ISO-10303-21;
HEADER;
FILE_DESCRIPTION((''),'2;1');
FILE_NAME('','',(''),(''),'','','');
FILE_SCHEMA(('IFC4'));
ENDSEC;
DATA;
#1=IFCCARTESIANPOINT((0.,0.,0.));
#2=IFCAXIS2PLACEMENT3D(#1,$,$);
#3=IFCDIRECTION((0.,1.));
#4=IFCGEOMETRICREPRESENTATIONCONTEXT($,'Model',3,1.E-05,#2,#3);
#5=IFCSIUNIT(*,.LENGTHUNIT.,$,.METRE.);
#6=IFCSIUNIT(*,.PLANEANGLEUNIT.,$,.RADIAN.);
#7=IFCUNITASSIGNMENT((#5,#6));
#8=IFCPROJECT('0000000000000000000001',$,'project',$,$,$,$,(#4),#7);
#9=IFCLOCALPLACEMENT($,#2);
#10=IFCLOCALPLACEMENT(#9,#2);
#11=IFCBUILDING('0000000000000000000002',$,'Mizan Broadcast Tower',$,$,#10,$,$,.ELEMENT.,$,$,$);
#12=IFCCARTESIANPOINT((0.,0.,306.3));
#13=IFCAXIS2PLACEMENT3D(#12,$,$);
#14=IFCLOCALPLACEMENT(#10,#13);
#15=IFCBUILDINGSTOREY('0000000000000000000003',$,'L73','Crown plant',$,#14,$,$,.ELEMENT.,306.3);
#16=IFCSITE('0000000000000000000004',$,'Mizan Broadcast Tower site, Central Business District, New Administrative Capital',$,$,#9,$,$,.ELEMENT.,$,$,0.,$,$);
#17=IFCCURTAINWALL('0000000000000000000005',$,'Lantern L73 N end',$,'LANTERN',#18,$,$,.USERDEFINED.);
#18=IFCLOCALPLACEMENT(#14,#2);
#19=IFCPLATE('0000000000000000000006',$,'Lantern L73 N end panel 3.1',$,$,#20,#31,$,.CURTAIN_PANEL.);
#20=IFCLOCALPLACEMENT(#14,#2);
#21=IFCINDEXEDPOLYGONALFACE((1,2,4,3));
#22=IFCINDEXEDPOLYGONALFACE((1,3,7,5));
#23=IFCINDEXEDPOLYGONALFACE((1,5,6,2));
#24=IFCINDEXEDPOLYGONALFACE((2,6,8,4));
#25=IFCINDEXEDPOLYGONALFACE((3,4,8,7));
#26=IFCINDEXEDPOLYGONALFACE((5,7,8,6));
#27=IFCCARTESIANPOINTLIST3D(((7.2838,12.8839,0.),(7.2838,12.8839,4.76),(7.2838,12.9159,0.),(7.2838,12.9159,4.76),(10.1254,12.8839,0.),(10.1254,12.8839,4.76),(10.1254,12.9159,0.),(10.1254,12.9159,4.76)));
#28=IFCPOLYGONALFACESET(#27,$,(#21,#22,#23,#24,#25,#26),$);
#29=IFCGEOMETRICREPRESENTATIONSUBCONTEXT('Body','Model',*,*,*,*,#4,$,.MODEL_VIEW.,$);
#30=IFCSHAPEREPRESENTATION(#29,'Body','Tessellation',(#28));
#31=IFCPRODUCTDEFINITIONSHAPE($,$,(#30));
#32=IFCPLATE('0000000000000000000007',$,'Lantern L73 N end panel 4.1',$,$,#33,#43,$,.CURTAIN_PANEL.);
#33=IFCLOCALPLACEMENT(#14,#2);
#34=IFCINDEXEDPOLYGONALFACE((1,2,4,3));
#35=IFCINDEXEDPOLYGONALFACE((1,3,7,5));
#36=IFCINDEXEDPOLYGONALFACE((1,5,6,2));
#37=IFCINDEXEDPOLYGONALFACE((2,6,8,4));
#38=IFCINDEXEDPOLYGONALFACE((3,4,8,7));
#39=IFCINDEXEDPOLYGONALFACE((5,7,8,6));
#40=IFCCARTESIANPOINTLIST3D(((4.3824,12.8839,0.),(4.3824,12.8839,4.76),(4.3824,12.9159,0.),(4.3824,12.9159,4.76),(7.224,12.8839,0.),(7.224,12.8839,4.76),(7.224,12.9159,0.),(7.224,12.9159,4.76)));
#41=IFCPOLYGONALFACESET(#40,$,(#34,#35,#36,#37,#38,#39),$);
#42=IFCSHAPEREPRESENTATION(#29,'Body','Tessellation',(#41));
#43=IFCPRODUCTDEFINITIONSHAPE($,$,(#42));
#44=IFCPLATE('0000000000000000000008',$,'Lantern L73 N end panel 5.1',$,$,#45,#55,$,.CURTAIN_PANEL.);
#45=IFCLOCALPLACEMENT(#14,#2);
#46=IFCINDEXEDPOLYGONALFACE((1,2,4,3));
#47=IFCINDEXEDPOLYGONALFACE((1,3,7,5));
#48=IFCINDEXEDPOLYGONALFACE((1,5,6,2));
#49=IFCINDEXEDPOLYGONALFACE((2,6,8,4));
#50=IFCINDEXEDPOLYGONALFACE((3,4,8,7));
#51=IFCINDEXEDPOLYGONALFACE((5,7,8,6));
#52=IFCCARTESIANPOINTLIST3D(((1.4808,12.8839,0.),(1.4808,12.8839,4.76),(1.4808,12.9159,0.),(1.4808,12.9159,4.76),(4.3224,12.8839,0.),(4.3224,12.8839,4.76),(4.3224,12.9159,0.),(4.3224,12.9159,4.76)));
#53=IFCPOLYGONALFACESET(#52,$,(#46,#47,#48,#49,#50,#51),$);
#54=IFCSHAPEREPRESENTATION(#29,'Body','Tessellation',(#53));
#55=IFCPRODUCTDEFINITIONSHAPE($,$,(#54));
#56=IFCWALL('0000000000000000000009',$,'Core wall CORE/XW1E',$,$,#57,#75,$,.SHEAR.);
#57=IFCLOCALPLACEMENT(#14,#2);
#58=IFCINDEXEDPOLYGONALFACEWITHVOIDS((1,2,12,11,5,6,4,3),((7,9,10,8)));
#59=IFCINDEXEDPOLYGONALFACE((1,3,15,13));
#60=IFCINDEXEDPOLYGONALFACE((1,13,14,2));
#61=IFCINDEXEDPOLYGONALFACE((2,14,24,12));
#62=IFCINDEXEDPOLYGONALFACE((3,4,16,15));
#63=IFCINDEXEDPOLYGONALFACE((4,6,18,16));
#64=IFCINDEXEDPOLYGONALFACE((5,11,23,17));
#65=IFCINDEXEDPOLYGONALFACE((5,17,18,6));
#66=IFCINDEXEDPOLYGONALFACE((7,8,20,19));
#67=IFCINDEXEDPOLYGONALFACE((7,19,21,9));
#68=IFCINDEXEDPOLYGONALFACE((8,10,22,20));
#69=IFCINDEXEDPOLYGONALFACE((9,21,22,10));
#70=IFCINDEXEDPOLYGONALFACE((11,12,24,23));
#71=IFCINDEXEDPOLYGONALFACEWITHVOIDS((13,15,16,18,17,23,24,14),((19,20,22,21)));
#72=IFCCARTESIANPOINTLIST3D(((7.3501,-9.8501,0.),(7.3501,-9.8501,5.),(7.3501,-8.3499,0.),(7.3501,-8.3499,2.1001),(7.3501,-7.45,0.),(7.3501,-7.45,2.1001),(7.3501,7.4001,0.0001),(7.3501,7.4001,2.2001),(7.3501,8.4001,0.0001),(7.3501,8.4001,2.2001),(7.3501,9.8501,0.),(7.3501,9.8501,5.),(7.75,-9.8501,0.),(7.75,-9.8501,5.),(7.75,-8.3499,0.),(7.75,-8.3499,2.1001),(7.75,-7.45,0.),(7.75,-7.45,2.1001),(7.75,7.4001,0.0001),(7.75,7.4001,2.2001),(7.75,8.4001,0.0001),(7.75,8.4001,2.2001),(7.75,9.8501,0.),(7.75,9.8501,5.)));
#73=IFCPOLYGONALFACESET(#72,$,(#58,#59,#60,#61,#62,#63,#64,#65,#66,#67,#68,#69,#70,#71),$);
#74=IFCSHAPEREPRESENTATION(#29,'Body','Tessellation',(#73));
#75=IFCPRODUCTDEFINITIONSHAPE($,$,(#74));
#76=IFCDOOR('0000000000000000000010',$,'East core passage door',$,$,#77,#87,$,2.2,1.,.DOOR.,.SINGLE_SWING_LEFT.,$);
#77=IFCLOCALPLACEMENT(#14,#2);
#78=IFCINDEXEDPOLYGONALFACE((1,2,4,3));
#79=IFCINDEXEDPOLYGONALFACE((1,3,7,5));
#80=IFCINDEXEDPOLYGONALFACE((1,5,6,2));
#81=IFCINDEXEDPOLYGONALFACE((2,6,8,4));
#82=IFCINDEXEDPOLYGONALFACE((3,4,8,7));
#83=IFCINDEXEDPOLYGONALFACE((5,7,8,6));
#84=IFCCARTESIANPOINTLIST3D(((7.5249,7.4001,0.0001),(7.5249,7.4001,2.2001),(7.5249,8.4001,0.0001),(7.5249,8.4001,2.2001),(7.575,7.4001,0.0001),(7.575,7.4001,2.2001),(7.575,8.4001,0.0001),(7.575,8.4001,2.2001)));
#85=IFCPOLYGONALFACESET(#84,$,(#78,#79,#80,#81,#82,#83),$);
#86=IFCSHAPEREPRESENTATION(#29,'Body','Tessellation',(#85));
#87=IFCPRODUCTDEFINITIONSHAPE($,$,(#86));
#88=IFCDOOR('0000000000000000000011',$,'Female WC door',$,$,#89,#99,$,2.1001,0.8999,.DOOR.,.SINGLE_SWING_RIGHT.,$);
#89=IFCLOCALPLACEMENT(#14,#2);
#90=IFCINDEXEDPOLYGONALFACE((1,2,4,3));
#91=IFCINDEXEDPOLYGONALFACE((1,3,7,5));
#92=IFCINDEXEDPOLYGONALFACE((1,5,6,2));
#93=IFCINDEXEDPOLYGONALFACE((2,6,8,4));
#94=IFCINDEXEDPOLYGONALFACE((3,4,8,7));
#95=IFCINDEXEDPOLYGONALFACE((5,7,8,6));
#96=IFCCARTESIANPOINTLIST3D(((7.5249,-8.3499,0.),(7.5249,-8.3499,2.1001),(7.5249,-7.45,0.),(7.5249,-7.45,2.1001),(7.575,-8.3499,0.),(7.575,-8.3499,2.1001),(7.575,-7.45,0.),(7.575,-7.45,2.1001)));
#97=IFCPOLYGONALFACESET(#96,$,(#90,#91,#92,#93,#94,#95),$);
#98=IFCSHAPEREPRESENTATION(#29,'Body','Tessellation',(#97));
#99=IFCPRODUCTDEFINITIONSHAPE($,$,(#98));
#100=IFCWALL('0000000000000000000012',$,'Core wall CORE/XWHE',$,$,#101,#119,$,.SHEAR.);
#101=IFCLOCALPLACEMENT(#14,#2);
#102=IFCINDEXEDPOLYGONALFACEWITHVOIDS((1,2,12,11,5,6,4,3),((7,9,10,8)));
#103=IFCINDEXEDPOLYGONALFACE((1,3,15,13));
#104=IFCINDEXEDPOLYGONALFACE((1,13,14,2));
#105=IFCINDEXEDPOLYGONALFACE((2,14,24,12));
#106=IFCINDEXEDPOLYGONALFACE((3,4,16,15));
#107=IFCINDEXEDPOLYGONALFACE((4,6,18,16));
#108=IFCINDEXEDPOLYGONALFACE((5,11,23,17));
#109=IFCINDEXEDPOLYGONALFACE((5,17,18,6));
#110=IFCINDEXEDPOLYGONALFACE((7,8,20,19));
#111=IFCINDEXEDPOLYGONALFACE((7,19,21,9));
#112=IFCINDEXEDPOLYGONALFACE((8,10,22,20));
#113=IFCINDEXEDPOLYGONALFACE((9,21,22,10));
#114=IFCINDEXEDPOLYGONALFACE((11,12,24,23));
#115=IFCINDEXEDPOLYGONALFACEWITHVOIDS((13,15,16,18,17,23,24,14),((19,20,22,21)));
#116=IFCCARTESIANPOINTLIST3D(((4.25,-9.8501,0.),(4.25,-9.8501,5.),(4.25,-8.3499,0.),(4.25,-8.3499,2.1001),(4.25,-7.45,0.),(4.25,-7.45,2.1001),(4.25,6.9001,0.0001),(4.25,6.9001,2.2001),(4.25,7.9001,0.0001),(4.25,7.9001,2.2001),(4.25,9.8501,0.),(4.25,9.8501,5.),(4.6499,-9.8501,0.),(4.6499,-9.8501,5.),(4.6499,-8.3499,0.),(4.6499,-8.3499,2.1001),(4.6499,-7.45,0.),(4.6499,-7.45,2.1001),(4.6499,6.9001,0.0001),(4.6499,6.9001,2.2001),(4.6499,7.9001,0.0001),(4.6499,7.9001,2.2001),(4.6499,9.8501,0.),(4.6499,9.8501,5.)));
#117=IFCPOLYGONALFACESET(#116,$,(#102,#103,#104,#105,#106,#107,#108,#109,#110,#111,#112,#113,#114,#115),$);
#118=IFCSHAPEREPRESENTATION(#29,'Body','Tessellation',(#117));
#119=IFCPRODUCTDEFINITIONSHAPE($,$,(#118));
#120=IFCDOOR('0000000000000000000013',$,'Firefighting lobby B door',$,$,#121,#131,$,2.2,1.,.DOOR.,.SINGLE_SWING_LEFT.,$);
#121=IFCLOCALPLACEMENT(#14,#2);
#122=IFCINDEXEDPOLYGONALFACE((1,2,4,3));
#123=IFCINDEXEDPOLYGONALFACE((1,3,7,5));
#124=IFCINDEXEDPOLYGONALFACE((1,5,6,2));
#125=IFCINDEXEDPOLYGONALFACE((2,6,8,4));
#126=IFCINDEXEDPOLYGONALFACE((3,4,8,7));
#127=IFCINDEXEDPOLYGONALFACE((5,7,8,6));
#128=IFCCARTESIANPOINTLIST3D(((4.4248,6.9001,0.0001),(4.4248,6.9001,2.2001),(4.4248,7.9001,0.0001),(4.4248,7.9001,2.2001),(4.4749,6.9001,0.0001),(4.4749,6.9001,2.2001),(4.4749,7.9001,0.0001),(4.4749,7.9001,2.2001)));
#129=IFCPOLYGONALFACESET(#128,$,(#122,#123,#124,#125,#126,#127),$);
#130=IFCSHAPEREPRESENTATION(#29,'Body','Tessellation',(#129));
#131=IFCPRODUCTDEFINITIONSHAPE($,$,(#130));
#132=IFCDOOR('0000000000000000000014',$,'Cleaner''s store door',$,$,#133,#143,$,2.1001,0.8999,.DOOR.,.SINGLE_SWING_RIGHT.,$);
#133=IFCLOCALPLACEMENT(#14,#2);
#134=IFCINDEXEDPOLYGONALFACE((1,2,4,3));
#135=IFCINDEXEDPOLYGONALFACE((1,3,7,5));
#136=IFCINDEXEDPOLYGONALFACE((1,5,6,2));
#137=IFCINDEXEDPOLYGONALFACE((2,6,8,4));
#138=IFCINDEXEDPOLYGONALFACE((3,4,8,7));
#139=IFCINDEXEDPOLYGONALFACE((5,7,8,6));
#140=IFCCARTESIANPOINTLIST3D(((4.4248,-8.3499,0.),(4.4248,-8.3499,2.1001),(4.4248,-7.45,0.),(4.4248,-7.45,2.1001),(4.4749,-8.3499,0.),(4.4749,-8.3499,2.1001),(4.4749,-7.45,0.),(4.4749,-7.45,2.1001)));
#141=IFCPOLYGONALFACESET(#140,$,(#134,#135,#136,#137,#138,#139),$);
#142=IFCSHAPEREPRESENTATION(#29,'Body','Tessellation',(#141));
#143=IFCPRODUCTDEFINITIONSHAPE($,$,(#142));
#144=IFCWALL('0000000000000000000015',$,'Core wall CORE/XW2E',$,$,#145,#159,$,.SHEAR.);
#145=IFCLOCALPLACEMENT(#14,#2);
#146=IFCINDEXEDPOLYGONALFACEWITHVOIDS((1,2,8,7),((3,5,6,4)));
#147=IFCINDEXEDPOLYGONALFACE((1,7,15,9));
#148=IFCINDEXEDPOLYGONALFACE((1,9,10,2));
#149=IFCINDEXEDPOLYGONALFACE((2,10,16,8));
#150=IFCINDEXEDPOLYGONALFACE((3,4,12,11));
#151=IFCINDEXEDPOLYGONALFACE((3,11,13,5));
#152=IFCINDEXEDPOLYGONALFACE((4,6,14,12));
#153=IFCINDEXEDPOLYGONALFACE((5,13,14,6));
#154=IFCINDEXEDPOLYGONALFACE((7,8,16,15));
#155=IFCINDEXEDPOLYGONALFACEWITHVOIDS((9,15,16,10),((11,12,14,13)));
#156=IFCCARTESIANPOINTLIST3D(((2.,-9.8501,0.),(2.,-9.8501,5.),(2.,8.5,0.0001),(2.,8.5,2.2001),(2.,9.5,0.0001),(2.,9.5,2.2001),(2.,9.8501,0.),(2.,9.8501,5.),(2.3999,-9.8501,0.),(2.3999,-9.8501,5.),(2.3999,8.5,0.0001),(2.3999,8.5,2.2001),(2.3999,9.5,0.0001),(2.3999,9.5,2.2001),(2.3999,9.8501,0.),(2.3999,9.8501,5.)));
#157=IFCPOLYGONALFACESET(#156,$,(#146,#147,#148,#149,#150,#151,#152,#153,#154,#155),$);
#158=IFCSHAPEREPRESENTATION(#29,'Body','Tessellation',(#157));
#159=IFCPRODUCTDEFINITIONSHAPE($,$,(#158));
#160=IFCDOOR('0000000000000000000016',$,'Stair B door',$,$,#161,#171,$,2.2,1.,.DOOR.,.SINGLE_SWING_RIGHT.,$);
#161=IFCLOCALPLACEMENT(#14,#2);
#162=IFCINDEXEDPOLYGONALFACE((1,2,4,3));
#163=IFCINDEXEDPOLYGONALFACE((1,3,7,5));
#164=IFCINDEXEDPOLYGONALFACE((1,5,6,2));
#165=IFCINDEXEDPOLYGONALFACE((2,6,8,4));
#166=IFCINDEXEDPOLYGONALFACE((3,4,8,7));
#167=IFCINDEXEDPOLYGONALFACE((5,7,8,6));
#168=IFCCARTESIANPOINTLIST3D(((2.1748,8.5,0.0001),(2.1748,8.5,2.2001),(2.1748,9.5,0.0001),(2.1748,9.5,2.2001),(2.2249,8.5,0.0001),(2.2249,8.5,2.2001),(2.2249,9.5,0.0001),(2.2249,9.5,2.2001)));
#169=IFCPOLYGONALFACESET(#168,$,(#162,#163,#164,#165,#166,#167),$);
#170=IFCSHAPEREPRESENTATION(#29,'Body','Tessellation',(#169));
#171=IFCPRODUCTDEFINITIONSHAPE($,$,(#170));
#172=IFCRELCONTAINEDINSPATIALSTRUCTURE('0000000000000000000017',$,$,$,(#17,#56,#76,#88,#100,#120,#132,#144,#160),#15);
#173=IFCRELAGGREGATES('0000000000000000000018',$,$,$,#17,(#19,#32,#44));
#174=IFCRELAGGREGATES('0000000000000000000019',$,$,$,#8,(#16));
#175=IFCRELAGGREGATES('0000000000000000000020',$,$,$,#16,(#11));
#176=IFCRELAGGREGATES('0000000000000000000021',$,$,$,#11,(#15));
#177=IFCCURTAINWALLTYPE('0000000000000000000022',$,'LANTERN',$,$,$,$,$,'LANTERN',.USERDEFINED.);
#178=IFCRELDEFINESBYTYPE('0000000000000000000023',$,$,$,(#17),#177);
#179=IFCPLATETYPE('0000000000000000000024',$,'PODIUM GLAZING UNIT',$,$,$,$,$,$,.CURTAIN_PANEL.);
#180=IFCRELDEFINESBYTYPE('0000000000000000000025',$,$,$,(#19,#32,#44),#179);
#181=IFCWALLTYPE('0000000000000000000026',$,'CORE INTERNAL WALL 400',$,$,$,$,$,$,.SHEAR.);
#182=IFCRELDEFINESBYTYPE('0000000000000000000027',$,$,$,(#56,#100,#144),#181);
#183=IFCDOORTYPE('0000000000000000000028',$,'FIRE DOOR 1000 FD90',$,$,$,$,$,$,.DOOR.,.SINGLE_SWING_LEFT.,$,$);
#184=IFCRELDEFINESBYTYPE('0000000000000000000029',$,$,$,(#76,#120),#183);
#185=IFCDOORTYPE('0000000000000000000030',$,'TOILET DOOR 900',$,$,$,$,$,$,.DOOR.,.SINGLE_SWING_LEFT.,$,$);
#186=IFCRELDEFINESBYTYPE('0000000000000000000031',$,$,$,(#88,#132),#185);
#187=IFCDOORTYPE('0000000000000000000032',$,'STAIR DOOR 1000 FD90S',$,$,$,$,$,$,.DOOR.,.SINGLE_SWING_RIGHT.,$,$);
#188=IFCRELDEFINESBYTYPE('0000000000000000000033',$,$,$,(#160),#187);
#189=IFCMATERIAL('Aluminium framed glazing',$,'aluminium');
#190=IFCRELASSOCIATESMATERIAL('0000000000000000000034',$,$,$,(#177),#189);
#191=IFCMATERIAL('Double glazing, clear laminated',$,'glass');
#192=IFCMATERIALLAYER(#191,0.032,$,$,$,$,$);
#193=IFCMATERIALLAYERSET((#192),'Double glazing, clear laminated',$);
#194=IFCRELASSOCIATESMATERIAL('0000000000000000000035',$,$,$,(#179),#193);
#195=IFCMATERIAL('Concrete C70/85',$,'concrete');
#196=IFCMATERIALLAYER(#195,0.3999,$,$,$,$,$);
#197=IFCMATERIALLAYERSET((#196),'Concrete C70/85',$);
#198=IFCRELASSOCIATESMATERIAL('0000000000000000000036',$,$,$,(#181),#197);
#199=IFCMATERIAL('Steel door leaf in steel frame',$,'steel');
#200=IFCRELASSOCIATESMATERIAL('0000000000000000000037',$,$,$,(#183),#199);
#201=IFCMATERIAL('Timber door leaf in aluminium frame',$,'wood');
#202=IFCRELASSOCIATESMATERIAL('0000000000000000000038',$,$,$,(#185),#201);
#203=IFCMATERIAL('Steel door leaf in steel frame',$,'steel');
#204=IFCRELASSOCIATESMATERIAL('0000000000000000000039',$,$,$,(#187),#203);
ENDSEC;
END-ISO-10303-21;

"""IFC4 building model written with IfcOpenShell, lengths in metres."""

from ifc_helpers import new_model, si_unit, direction, frame, frame_2d, origin, origin_2d, place, context, subcontext, project, spatial, rectangle, extrude, material, layer, layer_set, type_object, element, fill, aggregate, save


model = new_model("IFC4")

# Units and contexts
model_context = context("Model", 3, precision=1e-05, world=origin(), true_north=direction((0.0, 1.0)))
body_context = subcontext(model_context, "Body", "Model", "MODEL_VIEW")
ifc_project = project(units=[si_unit("LENGTHUNIT", "METRE"), si_unit("PLANEANGLEUNIT", "RADIAN")], contexts=[model_context])

# Site, building, storey
site_placement = place(None, origin())
site = spatial("IfcSite", under=ifc_project, at=site_placement, Name="Mizan Broadcast Tower site, Central Business District, New Administrative Capital", CompositionType="ELEMENT", RefElevation=0.0)
building_placement = place(site_placement, origin())
building = spatial("IfcBuilding", under=site, at=building_placement, Name="Mizan Broadcast Tower", CompositionType="ELEMENT")
storey_placement = place(building_placement, frame((0.0, 0.0, 306.3)))
storey = spatial("IfcBuildingStorey", under=building, at=storey_placement, Name="L73", Description="Crown plant", CompositionType="ELEMENT", Elevation=306.3)

# Curtain wall
ifc_material_1 = material(Name="Aluminium framed glazing", Category="aluminium")
curtain_wall_type = type_object("IfcCurtainWallType", Name="LANTERN", ElementType="LANTERN", PredefinedType="USERDEFINED", material=ifc_material_1)
curtain_wall_placement = place(storey_placement, origin())
curtain_wall = element("IfcCurtainWall", 1, at=curtain_wall_placement, inside=storey, type_object=curtain_wall_type, Name="Lantern L73 N end", ObjectType="LANTERN", PredefinedType="USERDEFINED")

# Plates
ifc_material_2 = material(Name="Double glazing, clear laminated", Category="glass")
ifc_layer_1 = layer(ifc_material_2, 0.032)
ifc_layer_set_1 = layer_set([ifc_layer_1], Name="Double glazing, clear laminated")
plate_type = type_object("IfcPlateType", Name="PODIUM GLAZING UNIT", PredefinedType="CURTAIN_PANEL", material=ifc_layer_set_1)
plate_1_placement = place(storey_placement, frame((8.7046, 12.8999, 0.0), z_axis=(0.0, 0.0, 1.0), x_axis=(-1.0, 0.0, 0.0)))
plate_1 = element("IfcPlate", 2, at=plate_1_placement, type_object=plate_type, Name="Lantern L73 N end panel 3.1", PredefinedType="CURTAIN_PANEL", context=body_context, shape_type="SweptSolid", body=[
    extrude(rectangle(XDim=2.8416, YDim=0.032, at=origin_2d()), origin(), (0.0, 0.0, 1.0), 4.76),
])
plate_2_placement = place(storey_placement, frame((5.8032, 12.8999, 0.0), z_axis=(0.0, 0.0, 1.0), x_axis=(-1.0, 0.0, 0.0)))
plate_2 = element("IfcPlate", 3, at=plate_2_placement, type_object=plate_type, Name="Lantern L73 N end panel 4.1", PredefinedType="CURTAIN_PANEL", context=body_context, shape_type="SweptSolid", body=[
    extrude(rectangle(XDim=2.8416, YDim=0.032, at=origin_2d()), origin(), (0.0, 0.0, 1.0), 4.76),
])
plate_3_placement = place(storey_placement, frame((2.9016, 12.8999, 0.0), z_axis=(0.0, 0.0, 1.0), x_axis=(-1.0, 0.0, 0.0)))
plate_3 = element("IfcPlate", 4, at=plate_3_placement, type_object=plate_type, Name="Lantern L73 N end panel 5.1", PredefinedType="CURTAIN_PANEL", context=body_context, shape_type="SweptSolid", body=[
    extrude(rectangle(XDim=2.8416, YDim=0.032, at=origin_2d()), origin(), (0.0, 0.0, 1.0), 4.76),
])
aggregate(curtain_wall, [plate_1, plate_2, plate_3])

# Walls, openings, doors
ifc_material_3 = material(Name="Concrete C70/85", Category="concrete")
ifc_layer_2 = layer(ifc_material_3, 0.3999)
ifc_layer_set_2 = layer_set([ifc_layer_2], Name="Concrete C70/85")
wall_type = type_object("IfcWallType", Name="CORE INTERNAL WALL 400", PredefinedType="SHEAR", material=ifc_layer_set_2)
wall_1_placement = place(storey_placement, frame((7.55, 9.8501, 0.0), z_axis=(0.0, 0.0, 1.0), x_axis=(0.0, -1.0, 0.0)))
wall_1 = element("IfcWall", 5, at=wall_1_placement, inside=storey, type_object=wall_type, Name="Core wall CORE/XW1E", PredefinedType="SHEAR", context=body_context, shape_type="SweptSolid", body=[
    extrude(rectangle(XDim=19.7002, YDim=0.3999, at=frame_2d((9.8501, 0.0))), origin(), (0.0, 0.0, 1.0), 5.0),
])
opening_1_placement = place(wall_1_placement, frame((1.45, 0.0, 0.0)))
opening_1 = element("IfcOpeningElement", 6, at=opening_1_placement, cuts=wall_1, PredefinedType="OPENING", context=body_context, shape_type="SweptSolid", body=[
    extrude(rectangle(XDim=1.0, YDim=2.2, at=frame_2d((0.5, 1.1001))), frame((0.0, 0.21, 0.0), z_axis=(0.0, -1.0, 0.0), x_axis=(1.0, 0.0, 0.0)), (0.0, 0.0, 1.0), 0.4199),
])
opening_2_placement = place(wall_1_placement, frame((17.3, 0.0, 0.0)))
opening_2 = element("IfcOpeningElement", 7, at=opening_2_placement, cuts=wall_1, PredefinedType="OPENING", context=body_context, shape_type="SweptSolid", body=[
    extrude(rectangle(XDim=0.8999, YDim=2.1001, at=frame_2d((0.45, 1.05))), frame((0.0, 0.21, 0.0), z_axis=(0.0, -1.0, 0.0), x_axis=(1.0, 0.0, 0.0)), (0.0, 0.0, 1.0), 0.4199),
])
ifc_material_4 = material(Name="Steel door leaf in steel frame", Category="steel")
door_type_1 = type_object("IfcDoorType", Name="FIRE DOOR 1000 FD90", OperationType="SINGLE_SWING_LEFT", PredefinedType="DOOR", material=ifc_material_4)
door_1_placement = place(opening_1_placement, origin())
door_1 = element("IfcDoor", 8, at=door_1_placement, inside=storey, type_object=door_type_1, Name="East core passage door", OperationType="SINGLE_SWING_LEFT", OverallHeight=2.2, OverallWidth=1.0, PredefinedType="DOOR", context=body_context, shape_type="SweptSolid", body=[
    extrude(rectangle(XDim=1.0, YDim=2.2, at=frame_2d((0.5, 1.1001))), frame((0.0, 0.0249, 0.0), z_axis=(0.0, -1.0, 0.0), x_axis=(1.0, 0.0, 0.0)), (0.0, 0.0, 1.0), 0.05),
])
fill(opening_1, door_1)
ifc_material_5 = material(Name="Timber door leaf in aluminium frame", Category="wood")
door_type_2 = type_object("IfcDoorType", Name="TOILET DOOR 900", OperationType="SINGLE_SWING_LEFT", PredefinedType="DOOR", material=ifc_material_5)
door_2_placement = place(opening_2_placement, origin())
door_2 = element("IfcDoor", 9, at=door_2_placement, inside=storey, type_object=door_type_2, Name="Female WC door", OperationType="SINGLE_SWING_RIGHT", OverallHeight=2.1001, OverallWidth=0.8999, PredefinedType="DOOR", context=body_context, shape_type="SweptSolid", body=[
    extrude(rectangle(XDim=0.8999, YDim=2.1001, at=frame_2d((0.45, 1.05))), frame((0.0, 0.0249, 0.0), z_axis=(0.0, -1.0, 0.0), x_axis=(1.0, 0.0, 0.0)), (0.0, 0.0, 1.0), 0.05),
])
fill(opening_2, door_2)
wall_2_placement = place(storey_placement, frame((4.45, 9.8501, 0.0), z_axis=(0.0, 0.0, 1.0), x_axis=(0.0, -1.0, 0.0)))
wall_2 = element("IfcWall", 10, at=wall_2_placement, inside=storey, type_object=wall_type, Name="Core wall CORE/XWHE", PredefinedType="SHEAR", context=body_context, shape_type="SweptSolid", body=[
    extrude(rectangle(XDim=19.7002, YDim=0.3999, at=frame_2d((9.8501, 0.0))), origin(), (0.0, 0.0, 1.0), 5.0),
])
opening_3_placement = place(wall_2_placement, frame((1.95, 0.0, 0.0)))
opening_3 = element("IfcOpeningElement", 11, at=opening_3_placement, cuts=wall_2, PredefinedType="OPENING", context=body_context, shape_type="SweptSolid", body=[
    extrude(rectangle(XDim=1.0, YDim=2.2, at=frame_2d((0.5, 1.1001))), frame((0.0, 0.21, 0.0), z_axis=(0.0, -1.0, 0.0), x_axis=(1.0, 0.0, 0.0)), (0.0, 0.0, 1.0), 0.4199),
])
opening_4_placement = place(wall_2_placement, frame((17.3, 0.0, 0.0)))
opening_4 = element("IfcOpeningElement", 12, at=opening_4_placement, cuts=wall_2, PredefinedType="OPENING", context=body_context, shape_type="SweptSolid", body=[
    extrude(rectangle(XDim=0.8999, YDim=2.1001, at=frame_2d((0.45, 1.05))), frame((0.0, 0.21, 0.0), z_axis=(0.0, -1.0, 0.0), x_axis=(1.0, 0.0, 0.0)), (0.0, 0.0, 1.0), 0.4199),
])
door_3_placement = place(opening_3_placement, origin())
door_3 = element("IfcDoor", 13, at=door_3_placement, inside=storey, type_object=door_type_1, Name="Firefighting lobby B door", OperationType="SINGLE_SWING_LEFT", OverallHeight=2.2, OverallWidth=1.0, PredefinedType="DOOR", context=body_context, shape_type="SweptSolid", body=[
    extrude(rectangle(XDim=1.0, YDim=2.2, at=frame_2d((0.5, 1.1001))), frame((0.0, 0.0249, 0.0), z_axis=(0.0, -1.0, 0.0), x_axis=(1.0, 0.0, 0.0)), (0.0, 0.0, 1.0), 0.05),
])
fill(opening_3, door_3)
door_4_placement = place(opening_4_placement, origin())
door_4 = element("IfcDoor", 14, at=door_4_placement, inside=storey, type_object=door_type_2, Name="Cleaner's store door", OperationType="SINGLE_SWING_RIGHT", OverallHeight=2.1001, OverallWidth=0.8999, PredefinedType="DOOR", context=body_context, shape_type="SweptSolid", body=[
    extrude(rectangle(XDim=0.8999, YDim=2.1001, at=frame_2d((0.45, 1.05))), frame((0.0, 0.0249, 0.0), z_axis=(0.0, -1.0, 0.0), x_axis=(1.0, 0.0, 0.0)), (0.0, 0.0, 1.0), 0.05),
])
fill(opening_4, door_4)

# Wall, opening, door
wall_3_placement = place(storey_placement, frame((2.2, 9.8501, 0.0), z_axis=(0.0, 0.0, 1.0), x_axis=(0.0, -1.0, 0.0)))
wall_3 = element("IfcWall", 15, at=wall_3_placement, inside=storey, type_object=wall_type, Name="Core wall CORE/XW2E", PredefinedType="SHEAR", context=body_context, shape_type="SweptSolid", body=[
    extrude(rectangle(XDim=19.7002, YDim=0.3999, at=frame_2d((9.8501, 0.0))), origin(), (0.0, 0.0, 1.0), 5.0),
])
opening_5_placement = place(wall_3_placement, frame((0.3501, 0.0, 0.0)))
opening_5 = element("IfcOpeningElement", 16, at=opening_5_placement, cuts=wall_3, PredefinedType="OPENING", context=body_context, shape_type="SweptSolid", body=[
    extrude(rectangle(XDim=1.0, YDim=2.2, at=frame_2d((0.5, 1.1001))), frame((0.0, 0.21, 0.0), z_axis=(0.0, -1.0, 0.0), x_axis=(1.0, 0.0, 0.0)), (0.0, 0.0, 1.0), 0.4199),
])
ifc_material_6 = material(Name="Steel door leaf in steel frame", Category="steel")
door_type_3 = type_object("IfcDoorType", Name="STAIR DOOR 1000 FD90S", OperationType="SINGLE_SWING_RIGHT", PredefinedType="DOOR", material=ifc_material_6)
door_5_placement = place(opening_5_placement, origin())
door_5 = element("IfcDoor", 17, at=door_5_placement, inside=storey, type_object=door_type_3, Name="Stair B door", OperationType="SINGLE_SWING_RIGHT", OverallHeight=2.2, OverallWidth=1.0, PredefinedType="DOOR", context=body_context, shape_type="SweptSolid", body=[
    extrude(rectangle(XDim=1.0, YDim=2.2, at=frame_2d((0.5, 1.1001))), frame((0.0, 0.0249, 0.0), z_axis=(0.0, -1.0, 0.0), x_axis=(1.0, 0.0, 0.0)), (0.0, 0.0, 1.0), 0.05),
])
fill(opening_5, door_5)

save(model, "model.ifc")
